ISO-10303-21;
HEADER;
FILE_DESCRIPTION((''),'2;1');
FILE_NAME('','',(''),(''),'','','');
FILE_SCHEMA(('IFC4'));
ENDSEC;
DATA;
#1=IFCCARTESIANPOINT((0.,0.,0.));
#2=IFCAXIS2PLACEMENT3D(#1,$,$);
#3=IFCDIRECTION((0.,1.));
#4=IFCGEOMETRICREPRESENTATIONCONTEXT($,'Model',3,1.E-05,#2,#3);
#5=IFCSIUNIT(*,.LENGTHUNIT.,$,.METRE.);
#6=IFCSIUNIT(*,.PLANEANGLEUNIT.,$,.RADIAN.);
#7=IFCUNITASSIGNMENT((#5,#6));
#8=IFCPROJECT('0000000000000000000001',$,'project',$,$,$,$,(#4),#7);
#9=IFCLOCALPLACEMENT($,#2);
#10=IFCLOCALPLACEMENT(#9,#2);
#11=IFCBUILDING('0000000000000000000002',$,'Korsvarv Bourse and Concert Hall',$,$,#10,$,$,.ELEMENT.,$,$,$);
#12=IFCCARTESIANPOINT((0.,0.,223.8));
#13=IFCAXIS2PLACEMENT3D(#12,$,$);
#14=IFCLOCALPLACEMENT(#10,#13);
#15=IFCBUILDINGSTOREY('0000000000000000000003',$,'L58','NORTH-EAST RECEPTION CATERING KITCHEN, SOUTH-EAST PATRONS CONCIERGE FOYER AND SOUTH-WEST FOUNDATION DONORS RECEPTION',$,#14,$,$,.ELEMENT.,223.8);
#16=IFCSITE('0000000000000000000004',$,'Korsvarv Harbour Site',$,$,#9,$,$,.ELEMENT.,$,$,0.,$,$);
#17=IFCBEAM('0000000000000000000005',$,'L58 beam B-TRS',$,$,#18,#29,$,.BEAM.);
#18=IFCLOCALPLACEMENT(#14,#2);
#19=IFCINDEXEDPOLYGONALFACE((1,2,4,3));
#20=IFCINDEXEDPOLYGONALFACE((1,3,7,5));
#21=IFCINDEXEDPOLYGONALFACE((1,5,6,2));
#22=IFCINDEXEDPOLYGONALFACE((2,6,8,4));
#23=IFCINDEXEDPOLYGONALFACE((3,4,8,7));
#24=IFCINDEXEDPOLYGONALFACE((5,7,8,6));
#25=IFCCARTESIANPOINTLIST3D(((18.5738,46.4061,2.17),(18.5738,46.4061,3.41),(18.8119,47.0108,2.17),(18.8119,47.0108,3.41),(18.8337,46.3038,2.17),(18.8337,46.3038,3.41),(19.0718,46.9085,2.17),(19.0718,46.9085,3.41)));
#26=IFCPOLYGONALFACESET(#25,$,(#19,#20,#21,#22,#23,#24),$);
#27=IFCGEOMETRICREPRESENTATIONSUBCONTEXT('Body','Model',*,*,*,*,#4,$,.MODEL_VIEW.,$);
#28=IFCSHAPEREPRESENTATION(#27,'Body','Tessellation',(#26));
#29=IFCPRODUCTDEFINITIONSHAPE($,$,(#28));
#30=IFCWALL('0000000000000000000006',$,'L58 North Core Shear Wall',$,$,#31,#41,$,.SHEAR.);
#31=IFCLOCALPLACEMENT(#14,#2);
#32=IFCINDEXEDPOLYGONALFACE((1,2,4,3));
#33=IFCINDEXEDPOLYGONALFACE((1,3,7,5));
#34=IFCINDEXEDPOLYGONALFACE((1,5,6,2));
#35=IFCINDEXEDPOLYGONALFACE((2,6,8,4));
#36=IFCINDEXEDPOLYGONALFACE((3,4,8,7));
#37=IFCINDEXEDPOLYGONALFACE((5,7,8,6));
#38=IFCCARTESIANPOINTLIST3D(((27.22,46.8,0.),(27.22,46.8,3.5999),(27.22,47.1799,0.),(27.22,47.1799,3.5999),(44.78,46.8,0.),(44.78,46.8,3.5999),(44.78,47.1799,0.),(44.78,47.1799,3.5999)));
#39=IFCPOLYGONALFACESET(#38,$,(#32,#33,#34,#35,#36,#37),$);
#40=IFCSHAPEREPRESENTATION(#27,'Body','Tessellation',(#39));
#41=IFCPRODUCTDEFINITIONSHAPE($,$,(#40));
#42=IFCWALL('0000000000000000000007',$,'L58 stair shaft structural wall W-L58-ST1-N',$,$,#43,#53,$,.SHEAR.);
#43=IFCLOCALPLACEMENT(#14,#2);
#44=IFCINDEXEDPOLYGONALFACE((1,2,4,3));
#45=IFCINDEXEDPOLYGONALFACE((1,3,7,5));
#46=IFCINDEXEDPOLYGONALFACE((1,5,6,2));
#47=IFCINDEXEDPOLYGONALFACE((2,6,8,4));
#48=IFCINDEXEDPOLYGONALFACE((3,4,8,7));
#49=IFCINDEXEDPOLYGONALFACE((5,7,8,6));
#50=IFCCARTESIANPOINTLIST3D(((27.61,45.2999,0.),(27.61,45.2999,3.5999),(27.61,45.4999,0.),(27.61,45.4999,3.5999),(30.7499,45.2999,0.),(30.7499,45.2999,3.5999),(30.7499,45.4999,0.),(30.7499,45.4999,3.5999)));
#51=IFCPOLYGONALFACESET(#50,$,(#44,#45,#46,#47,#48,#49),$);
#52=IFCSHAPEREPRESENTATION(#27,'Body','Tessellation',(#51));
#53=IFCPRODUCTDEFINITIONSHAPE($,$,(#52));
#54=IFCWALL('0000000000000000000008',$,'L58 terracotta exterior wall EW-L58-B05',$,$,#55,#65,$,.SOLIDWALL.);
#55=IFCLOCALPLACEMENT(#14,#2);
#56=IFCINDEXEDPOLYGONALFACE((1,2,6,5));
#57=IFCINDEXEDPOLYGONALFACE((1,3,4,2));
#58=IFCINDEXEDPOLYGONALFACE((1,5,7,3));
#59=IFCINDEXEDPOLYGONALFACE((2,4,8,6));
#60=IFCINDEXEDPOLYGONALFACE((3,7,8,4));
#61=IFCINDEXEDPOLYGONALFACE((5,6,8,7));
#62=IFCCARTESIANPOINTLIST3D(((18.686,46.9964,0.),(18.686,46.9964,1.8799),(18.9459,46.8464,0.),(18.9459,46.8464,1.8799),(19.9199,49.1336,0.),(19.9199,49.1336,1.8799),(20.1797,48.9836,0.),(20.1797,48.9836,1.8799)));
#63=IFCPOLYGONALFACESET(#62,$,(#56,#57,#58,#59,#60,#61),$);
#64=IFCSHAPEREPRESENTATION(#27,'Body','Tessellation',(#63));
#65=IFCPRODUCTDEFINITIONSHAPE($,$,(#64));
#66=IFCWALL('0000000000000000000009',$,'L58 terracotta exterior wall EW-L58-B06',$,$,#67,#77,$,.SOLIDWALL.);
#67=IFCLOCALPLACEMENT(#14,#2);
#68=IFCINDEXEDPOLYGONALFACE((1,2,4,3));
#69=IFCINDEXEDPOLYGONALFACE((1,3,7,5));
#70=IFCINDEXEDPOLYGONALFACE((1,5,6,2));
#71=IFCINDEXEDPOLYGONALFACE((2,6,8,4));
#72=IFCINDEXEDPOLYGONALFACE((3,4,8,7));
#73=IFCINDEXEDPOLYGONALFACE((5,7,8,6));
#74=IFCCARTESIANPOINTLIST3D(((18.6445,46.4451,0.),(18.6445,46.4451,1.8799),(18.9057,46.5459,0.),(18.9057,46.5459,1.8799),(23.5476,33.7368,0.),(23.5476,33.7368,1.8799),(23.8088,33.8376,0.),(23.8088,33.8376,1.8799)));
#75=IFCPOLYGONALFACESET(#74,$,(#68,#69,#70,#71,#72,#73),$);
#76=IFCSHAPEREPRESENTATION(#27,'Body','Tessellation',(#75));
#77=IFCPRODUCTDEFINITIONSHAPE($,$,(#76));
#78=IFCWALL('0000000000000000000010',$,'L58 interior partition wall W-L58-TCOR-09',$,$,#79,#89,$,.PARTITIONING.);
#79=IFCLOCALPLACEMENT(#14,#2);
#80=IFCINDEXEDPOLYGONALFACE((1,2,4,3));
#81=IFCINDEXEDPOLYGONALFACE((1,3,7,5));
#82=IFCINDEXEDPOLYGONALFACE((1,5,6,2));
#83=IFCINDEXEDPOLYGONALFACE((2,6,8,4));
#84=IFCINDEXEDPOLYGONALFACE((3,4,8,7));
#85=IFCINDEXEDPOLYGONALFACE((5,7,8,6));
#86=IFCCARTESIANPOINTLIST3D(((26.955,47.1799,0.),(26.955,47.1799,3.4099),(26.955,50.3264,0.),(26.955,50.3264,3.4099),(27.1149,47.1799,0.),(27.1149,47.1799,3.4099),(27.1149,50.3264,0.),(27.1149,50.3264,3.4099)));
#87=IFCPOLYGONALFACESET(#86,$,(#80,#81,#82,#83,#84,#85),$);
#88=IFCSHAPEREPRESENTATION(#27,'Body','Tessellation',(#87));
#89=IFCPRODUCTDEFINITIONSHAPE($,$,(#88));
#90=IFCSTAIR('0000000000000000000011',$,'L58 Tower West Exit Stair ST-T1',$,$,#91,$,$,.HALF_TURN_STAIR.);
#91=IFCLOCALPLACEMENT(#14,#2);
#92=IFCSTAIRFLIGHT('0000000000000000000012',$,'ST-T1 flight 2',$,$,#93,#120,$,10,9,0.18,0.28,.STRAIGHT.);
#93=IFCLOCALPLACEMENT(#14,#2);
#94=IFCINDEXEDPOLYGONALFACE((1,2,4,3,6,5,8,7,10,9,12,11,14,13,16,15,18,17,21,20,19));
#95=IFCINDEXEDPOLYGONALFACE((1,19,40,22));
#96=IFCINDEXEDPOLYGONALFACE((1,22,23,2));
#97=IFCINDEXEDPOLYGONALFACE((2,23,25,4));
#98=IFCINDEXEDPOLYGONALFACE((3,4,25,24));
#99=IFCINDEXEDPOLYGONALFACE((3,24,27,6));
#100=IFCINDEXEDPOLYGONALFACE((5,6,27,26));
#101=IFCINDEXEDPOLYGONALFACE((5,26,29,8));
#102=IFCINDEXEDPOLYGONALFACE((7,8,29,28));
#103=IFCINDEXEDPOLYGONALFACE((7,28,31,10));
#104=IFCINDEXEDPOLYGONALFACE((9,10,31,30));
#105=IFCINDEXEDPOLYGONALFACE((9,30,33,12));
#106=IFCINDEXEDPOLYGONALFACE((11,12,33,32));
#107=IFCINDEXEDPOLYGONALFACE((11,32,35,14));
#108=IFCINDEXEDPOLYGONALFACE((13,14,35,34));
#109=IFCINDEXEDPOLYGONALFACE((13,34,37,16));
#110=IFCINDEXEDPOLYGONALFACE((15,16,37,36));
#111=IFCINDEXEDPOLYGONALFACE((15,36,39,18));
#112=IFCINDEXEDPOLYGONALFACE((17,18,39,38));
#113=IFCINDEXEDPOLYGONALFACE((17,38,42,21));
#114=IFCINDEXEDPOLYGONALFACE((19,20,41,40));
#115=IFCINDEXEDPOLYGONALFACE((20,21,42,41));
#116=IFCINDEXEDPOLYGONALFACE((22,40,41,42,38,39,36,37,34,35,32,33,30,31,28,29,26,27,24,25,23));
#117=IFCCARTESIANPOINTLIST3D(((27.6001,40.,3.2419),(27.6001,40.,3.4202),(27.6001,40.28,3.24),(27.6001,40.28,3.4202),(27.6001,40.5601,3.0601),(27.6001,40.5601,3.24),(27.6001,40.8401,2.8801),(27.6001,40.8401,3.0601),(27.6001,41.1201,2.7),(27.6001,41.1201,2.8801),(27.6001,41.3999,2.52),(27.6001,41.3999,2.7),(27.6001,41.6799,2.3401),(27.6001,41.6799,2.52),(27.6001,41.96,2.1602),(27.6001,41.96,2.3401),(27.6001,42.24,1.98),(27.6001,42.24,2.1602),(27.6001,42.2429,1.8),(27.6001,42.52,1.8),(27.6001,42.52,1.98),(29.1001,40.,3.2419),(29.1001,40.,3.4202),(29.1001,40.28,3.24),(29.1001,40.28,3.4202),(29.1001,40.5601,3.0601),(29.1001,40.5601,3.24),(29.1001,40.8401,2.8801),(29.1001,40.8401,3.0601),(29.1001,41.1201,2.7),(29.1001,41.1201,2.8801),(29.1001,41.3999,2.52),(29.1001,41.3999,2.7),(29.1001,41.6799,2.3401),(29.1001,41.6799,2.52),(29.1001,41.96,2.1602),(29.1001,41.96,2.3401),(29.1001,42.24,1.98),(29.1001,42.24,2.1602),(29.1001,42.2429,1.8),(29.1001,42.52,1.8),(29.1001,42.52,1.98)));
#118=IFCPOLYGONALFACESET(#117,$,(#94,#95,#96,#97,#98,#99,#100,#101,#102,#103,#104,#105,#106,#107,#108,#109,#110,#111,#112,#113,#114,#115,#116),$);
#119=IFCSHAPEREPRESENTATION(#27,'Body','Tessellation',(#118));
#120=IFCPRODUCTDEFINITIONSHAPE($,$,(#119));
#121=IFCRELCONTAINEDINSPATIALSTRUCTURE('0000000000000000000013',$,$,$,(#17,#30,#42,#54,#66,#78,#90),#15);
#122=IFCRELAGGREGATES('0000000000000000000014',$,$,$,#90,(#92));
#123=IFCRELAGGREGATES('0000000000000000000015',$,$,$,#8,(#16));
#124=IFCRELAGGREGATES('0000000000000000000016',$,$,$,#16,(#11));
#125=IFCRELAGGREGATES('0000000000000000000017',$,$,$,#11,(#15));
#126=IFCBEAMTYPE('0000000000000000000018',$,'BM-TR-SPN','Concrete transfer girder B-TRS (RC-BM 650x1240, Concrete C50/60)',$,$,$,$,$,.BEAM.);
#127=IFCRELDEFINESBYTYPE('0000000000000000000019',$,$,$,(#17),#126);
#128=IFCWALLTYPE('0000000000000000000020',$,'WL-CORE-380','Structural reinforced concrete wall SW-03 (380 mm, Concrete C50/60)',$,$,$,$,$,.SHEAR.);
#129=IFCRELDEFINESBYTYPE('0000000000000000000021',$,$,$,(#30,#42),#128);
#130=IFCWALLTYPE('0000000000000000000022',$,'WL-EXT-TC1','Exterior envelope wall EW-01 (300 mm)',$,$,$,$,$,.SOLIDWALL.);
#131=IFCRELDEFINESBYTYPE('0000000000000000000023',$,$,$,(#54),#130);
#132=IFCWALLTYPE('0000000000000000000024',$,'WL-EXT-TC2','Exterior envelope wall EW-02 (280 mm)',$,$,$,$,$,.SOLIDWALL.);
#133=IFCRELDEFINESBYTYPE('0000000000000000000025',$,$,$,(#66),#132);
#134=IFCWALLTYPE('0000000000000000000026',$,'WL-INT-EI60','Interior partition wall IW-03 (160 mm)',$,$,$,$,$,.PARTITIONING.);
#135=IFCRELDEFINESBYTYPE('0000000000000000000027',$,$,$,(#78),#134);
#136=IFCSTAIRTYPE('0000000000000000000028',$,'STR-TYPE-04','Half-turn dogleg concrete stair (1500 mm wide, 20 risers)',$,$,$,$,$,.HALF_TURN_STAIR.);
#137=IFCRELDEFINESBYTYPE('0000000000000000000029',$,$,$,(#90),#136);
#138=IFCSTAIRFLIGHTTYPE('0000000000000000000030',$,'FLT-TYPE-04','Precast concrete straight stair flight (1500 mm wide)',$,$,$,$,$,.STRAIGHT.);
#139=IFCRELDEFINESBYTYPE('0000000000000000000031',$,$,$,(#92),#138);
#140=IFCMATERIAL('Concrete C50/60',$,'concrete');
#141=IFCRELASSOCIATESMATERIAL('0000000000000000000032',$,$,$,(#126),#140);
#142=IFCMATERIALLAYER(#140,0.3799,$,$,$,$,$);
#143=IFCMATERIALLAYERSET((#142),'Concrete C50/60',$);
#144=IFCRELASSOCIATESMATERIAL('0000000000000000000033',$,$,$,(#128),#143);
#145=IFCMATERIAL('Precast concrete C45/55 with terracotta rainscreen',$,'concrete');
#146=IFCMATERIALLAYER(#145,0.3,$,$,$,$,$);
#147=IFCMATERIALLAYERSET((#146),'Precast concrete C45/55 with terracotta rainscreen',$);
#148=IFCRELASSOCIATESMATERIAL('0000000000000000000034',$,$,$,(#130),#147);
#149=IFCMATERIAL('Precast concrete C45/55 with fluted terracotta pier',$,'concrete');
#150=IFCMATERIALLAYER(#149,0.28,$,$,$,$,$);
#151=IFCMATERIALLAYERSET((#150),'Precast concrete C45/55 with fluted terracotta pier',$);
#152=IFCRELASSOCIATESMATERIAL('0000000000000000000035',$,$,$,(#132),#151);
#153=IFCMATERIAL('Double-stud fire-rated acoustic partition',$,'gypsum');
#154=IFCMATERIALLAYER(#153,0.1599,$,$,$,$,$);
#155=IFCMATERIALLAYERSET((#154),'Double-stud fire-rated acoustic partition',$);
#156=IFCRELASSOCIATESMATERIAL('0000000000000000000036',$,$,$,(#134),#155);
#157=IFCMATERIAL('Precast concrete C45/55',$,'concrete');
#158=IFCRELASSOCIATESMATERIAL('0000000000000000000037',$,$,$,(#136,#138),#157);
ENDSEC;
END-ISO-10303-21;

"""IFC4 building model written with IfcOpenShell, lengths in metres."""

from ifc_helpers import new_model, si_unit, direction, frame, frame_2d, origin, origin_2d, place, context, subcontext, project, spatial, polyline, rectangle, outline, extrude, source, transform, mapped, material, layer, layer_set, material_profile, profile_set, type_object, element, aggregate, save


model = new_model("IFC4")

# Units and contexts
model_context = context("Model", 3, precision=1e-05, world=origin(), true_north=direction((0.0, 1.0)))
body_context = subcontext(model_context, "Body", "Model", "MODEL_VIEW")
ifc_project = project(units=[si_unit("LENGTHUNIT", "METRE"), si_unit("PLANEANGLEUNIT", "RADIAN")], contexts=[model_context])

# Site, building, storey
site_placement = place(None, origin())
site = spatial("IfcSite", under=ifc_project, at=site_placement, Name="Korsvarv Harbour Site", CompositionType="ELEMENT", RefElevation=0.0)
building_placement = place(site_placement, origin())
building = spatial("IfcBuilding", under=site, at=building_placement, Name="Korsvarv Bourse and Concert Hall", CompositionType="ELEMENT")
storey_placement = place(building_placement, frame((0.0, 0.0, 223.8)))
storey = spatial("IfcBuildingStorey", under=building, at=storey_placement, Name="L58", Description="NORTH-EAST RECEPTION CATERING KITCHEN, SOUTH-EAST PATRONS CONCIERGE FOYER AND SOUTH-WEST FOUNDATION DONORS RECEPTION", CompositionType="ELEMENT", Elevation=223.8)

# Beam
ifc_material_1 = material(Name="Concrete C50/60", Category="concrete")
ifc_material_profile_1 = material_profile(ifc_material_1, rectangle(XDim=0.6499, YDim=1.24, at=origin_2d()), Name="RC-BM 650x1240")
ifc_profile_set_1 = profile_set([ifc_material_profile_1], Name="Concrete C50/60")
beam_type_1 = type_object("IfcBeamType", Name="BM-TR-SPN", Description="Concrete transfer girder B-TRS (RC-BM 650x1240, Concrete C50/60)", PredefinedType="BEAM", material=ifc_profile_set_1)
shared_shape_1 = source(origin(), body_context, "Body", "SweptSolid", [
    extrude(rectangle(XDim=0.6499, YDim=1.24, at=origin_2d()), origin(), (0.0, 0.0, 1.0), 0.2793),
])
beam_1_placement = place(storey_placement, frame((18.6929, 46.7085, 2.79), z_axis=(0.930454, -0.36641, 0.0), x_axis=(0.36641, 0.930454, 0.0)))
element("IfcBeam", 1, at=beam_1_placement, inside=storey, type_object=beam_type_1, Name="L58 beam B-TRS", PredefinedType="BEAM", context=body_context, shape_type="MappedRepresentation", body=[
    mapped(shared_shape_1, transform((0.0, 0.0, 0.0), scale=1.0)),
])

# Walls
ifc_layer_1 = layer(ifc_material_1, 0.3799)
ifc_layer_set_1 = layer_set([ifc_layer_1], Name="Concrete C50/60")
wall_type_1 = type_object("IfcWallType", Name="WL-CORE-380", Description="Structural reinforced concrete wall SW-03 (380 mm, Concrete C50/60)", PredefinedType="SHEAR", material=ifc_layer_set_1)
wall_1_placement = place(storey_placement, frame((27.22, 46.99, 0.0), z_axis=(0.0, 0.0, 1.0), x_axis=(1.0, 0.0, 0.0)))
element("IfcWall", 2, at=wall_1_placement, inside=storey, type_object=wall_type_1, Name="L58 North Core Shear Wall", PredefinedType="SHEAR", context=body_context, shape_type="SweptSolid", body=[
    extrude(rectangle(XDim=17.5601, YDim=0.3799, at=frame_2d((8.78, 0.0))), origin(), (0.0, 0.0, 1.0), 3.5999),
])
wall_2_placement = place(storey_placement, frame((27.6101, 45.3999, 0.0), z_axis=(0.0, 0.0, 1.0), x_axis=(1.0, 0.0, 0.0)))
element("IfcWall", 3, at=wall_2_placement, inside=storey, type_object=wall_type_1, Name="L58 stair shaft structural wall W-L58-ST1-N", PredefinedType="SHEAR", context=body_context, shape_type="SweptSolid", body=[
    extrude(rectangle(XDim=3.1399, YDim=0.2, at=frame_2d((1.5698, 0.0))), origin(), (0.0, 0.0, 1.0), 3.5999),
])
ifc_material_2 = material(Name="Precast concrete C45/55 with terracotta rainscreen", Category="concrete")
ifc_layer_2 = layer(ifc_material_2, 0.3)
ifc_layer_set_2 = layer_set([ifc_layer_2], Name="Precast concrete C45/55 with terracotta rainscreen")
wall_type_2 = type_object("IfcWallType", Name="WL-EXT-TC1", Description="Exterior envelope wall EW-01 (300 mm)", PredefinedType="SOLIDWALL", material=ifc_layer_set_2)
wall_3_placement = place(storey_placement, frame((20.0498, 49.0586, 0.0), z_axis=(0.0, 0.0, 1.0), x_axis=(-0.499991, -0.866031, 0.0)))
element("IfcWall", 4, at=wall_3_placement, inside=storey, type_object=wall_type_2, Name="L58 terracotta exterior wall EW-L58-B05", PredefinedType="SOLIDWALL", context=body_context, shape_type="SweptSolid", body=[
    extrude(rectangle(XDim=2.4678, YDim=0.3, at=frame_2d((1.2339, 0.0))), origin(), (0.0, 0.0, 1.0), 1.8799),
])
ifc_material_3 = material(Name="Precast concrete C45/55 with fluted terracotta pier", Category="concrete")
ifc_layer_3 = layer(ifc_material_3, 0.28)
ifc_layer_set_3 = layer_set([ifc_layer_3], Name="Precast concrete C45/55 with fluted terracotta pier")
wall_type_3 = type_object("IfcWallType", Name="WL-EXT-TC2", Description="Exterior envelope wall EW-02 (280 mm)", PredefinedType="SOLIDWALL", material=ifc_layer_set_3)
wall_4_placement = place(storey_placement, frame((18.7751, 46.4954, 0.0), z_axis=(0.0, 0.0, 1.0), x_axis=(0.359957, -0.932969, 0.0)))
element("IfcWall", 5, at=wall_4_placement, inside=storey, type_object=wall_type_3, Name="L58 terracotta exterior wall EW-L58-B06", PredefinedType="SOLIDWALL", context=body_context, shape_type="SweptSolid", body=[
    extrude(rectangle(XDim=13.6213, YDim=0.28, at=frame_2d((6.8105, 0.0))), origin(), (0.0, 0.0, 1.0), 1.8799),
])
ifc_material_4 = material(Name="Double-stud fire-rated acoustic partition", Category="gypsum")
ifc_layer_4 = layer(ifc_material_4, 0.1599)
ifc_layer_set_4 = layer_set([ifc_layer_4], Name="Double-stud fire-rated acoustic partition")
wall_type_4 = type_object("IfcWallType", Name="WL-INT-EI60", Description="Interior partition wall IW-03 (160 mm)", PredefinedType="PARTITIONING", material=ifc_layer_set_4)
wall_5_placement = place(storey_placement, frame((27.0349, 47.1799, 0.0), z_axis=(0.0, 0.0, 1.0), x_axis=(0.0, 1.0, 0.0)))
element("IfcWall", 6, at=wall_5_placement, inside=storey, type_object=wall_type_4, Name="L58 interior partition wall W-L58-TCOR-09", PredefinedType="PARTITIONING", context=body_context, shape_type="SweptSolid", body=[
    extrude(rectangle(XDim=3.1465, YDim=0.1599, at=frame_2d((1.5732, 0.0))), origin(), (0.0, 0.0, 1.0), 3.4099),
])

# Stair, stair flight
ifc_material_5 = material(Name="Precast concrete C45/55", Category="concrete")
stair_type = type_object("IfcStairType", Name="STR-TYPE-04", Description="Half-turn dogleg concrete stair (1500 mm wide, 20 risers)", PredefinedType="HALF_TURN_STAIR", material=ifc_material_5)
stair_placement = place(storey_placement, origin())
stair = element("IfcStair", 7, at=stair_placement, inside=storey, type_object=stair_type, Name="L58 Tower West Exit Stair ST-T1", PredefinedType="HALF_TURN_STAIR")
stair_flight_type = type_object("IfcStairFlightType", Name="FLT-TYPE-04", Description="Precast concrete straight stair flight (1500 mm wide)", PredefinedType="STRAIGHT", material=ifc_material_5)
stair_flight_placement = place(storey_placement, frame((28.3501, 42.52, 1.8), z_axis=(0.0, 0.0, 1.0), x_axis=(0.0, -1.0, 0.0)))
stair_flight = element("IfcStairFlight", 8, at=stair_flight_placement, type_object=stair_flight_type, Name="ST-T1 flight 2", NumberOfRisers=10, NumberOfTreads=9, PredefinedType="STRAIGHT", RiserHeight=0.18, TreadLength=0.28, context=body_context, shape_type="SweptSolid", body=[
    extrude(outline(polyline([(0.0, 0.0), (0.0, 0.1799), (0.28, 0.1799), (0.28, 0.3601), (0.5601, 0.3601), (0.5601, 0.54), (0.8401, 0.54), (0.8401, 0.72), (1.1201, 0.72), (1.1201, 0.8999), (1.3999, 0.8999), (1.3999, 1.0801), (1.6799, 1.0801), (1.6799, 1.26), (1.96, 1.26), (1.96, 1.4399), (2.24, 1.4399), (2.24, 1.6201), (2.52, 1.6201), (2.52, 1.8), (2.52, 1.4419), (0.2771, 0.0), (0.0, 0.0)])), frame((0.0, 0.75, 0.0), z_axis=(0.0, -1.0, 0.0), x_axis=(1.0, 0.0, 0.0)), (0.0, 0.0, 1.0), 1.5),
])
aggregate(stair, [stair_flight])

save(model, "model.ifc")
